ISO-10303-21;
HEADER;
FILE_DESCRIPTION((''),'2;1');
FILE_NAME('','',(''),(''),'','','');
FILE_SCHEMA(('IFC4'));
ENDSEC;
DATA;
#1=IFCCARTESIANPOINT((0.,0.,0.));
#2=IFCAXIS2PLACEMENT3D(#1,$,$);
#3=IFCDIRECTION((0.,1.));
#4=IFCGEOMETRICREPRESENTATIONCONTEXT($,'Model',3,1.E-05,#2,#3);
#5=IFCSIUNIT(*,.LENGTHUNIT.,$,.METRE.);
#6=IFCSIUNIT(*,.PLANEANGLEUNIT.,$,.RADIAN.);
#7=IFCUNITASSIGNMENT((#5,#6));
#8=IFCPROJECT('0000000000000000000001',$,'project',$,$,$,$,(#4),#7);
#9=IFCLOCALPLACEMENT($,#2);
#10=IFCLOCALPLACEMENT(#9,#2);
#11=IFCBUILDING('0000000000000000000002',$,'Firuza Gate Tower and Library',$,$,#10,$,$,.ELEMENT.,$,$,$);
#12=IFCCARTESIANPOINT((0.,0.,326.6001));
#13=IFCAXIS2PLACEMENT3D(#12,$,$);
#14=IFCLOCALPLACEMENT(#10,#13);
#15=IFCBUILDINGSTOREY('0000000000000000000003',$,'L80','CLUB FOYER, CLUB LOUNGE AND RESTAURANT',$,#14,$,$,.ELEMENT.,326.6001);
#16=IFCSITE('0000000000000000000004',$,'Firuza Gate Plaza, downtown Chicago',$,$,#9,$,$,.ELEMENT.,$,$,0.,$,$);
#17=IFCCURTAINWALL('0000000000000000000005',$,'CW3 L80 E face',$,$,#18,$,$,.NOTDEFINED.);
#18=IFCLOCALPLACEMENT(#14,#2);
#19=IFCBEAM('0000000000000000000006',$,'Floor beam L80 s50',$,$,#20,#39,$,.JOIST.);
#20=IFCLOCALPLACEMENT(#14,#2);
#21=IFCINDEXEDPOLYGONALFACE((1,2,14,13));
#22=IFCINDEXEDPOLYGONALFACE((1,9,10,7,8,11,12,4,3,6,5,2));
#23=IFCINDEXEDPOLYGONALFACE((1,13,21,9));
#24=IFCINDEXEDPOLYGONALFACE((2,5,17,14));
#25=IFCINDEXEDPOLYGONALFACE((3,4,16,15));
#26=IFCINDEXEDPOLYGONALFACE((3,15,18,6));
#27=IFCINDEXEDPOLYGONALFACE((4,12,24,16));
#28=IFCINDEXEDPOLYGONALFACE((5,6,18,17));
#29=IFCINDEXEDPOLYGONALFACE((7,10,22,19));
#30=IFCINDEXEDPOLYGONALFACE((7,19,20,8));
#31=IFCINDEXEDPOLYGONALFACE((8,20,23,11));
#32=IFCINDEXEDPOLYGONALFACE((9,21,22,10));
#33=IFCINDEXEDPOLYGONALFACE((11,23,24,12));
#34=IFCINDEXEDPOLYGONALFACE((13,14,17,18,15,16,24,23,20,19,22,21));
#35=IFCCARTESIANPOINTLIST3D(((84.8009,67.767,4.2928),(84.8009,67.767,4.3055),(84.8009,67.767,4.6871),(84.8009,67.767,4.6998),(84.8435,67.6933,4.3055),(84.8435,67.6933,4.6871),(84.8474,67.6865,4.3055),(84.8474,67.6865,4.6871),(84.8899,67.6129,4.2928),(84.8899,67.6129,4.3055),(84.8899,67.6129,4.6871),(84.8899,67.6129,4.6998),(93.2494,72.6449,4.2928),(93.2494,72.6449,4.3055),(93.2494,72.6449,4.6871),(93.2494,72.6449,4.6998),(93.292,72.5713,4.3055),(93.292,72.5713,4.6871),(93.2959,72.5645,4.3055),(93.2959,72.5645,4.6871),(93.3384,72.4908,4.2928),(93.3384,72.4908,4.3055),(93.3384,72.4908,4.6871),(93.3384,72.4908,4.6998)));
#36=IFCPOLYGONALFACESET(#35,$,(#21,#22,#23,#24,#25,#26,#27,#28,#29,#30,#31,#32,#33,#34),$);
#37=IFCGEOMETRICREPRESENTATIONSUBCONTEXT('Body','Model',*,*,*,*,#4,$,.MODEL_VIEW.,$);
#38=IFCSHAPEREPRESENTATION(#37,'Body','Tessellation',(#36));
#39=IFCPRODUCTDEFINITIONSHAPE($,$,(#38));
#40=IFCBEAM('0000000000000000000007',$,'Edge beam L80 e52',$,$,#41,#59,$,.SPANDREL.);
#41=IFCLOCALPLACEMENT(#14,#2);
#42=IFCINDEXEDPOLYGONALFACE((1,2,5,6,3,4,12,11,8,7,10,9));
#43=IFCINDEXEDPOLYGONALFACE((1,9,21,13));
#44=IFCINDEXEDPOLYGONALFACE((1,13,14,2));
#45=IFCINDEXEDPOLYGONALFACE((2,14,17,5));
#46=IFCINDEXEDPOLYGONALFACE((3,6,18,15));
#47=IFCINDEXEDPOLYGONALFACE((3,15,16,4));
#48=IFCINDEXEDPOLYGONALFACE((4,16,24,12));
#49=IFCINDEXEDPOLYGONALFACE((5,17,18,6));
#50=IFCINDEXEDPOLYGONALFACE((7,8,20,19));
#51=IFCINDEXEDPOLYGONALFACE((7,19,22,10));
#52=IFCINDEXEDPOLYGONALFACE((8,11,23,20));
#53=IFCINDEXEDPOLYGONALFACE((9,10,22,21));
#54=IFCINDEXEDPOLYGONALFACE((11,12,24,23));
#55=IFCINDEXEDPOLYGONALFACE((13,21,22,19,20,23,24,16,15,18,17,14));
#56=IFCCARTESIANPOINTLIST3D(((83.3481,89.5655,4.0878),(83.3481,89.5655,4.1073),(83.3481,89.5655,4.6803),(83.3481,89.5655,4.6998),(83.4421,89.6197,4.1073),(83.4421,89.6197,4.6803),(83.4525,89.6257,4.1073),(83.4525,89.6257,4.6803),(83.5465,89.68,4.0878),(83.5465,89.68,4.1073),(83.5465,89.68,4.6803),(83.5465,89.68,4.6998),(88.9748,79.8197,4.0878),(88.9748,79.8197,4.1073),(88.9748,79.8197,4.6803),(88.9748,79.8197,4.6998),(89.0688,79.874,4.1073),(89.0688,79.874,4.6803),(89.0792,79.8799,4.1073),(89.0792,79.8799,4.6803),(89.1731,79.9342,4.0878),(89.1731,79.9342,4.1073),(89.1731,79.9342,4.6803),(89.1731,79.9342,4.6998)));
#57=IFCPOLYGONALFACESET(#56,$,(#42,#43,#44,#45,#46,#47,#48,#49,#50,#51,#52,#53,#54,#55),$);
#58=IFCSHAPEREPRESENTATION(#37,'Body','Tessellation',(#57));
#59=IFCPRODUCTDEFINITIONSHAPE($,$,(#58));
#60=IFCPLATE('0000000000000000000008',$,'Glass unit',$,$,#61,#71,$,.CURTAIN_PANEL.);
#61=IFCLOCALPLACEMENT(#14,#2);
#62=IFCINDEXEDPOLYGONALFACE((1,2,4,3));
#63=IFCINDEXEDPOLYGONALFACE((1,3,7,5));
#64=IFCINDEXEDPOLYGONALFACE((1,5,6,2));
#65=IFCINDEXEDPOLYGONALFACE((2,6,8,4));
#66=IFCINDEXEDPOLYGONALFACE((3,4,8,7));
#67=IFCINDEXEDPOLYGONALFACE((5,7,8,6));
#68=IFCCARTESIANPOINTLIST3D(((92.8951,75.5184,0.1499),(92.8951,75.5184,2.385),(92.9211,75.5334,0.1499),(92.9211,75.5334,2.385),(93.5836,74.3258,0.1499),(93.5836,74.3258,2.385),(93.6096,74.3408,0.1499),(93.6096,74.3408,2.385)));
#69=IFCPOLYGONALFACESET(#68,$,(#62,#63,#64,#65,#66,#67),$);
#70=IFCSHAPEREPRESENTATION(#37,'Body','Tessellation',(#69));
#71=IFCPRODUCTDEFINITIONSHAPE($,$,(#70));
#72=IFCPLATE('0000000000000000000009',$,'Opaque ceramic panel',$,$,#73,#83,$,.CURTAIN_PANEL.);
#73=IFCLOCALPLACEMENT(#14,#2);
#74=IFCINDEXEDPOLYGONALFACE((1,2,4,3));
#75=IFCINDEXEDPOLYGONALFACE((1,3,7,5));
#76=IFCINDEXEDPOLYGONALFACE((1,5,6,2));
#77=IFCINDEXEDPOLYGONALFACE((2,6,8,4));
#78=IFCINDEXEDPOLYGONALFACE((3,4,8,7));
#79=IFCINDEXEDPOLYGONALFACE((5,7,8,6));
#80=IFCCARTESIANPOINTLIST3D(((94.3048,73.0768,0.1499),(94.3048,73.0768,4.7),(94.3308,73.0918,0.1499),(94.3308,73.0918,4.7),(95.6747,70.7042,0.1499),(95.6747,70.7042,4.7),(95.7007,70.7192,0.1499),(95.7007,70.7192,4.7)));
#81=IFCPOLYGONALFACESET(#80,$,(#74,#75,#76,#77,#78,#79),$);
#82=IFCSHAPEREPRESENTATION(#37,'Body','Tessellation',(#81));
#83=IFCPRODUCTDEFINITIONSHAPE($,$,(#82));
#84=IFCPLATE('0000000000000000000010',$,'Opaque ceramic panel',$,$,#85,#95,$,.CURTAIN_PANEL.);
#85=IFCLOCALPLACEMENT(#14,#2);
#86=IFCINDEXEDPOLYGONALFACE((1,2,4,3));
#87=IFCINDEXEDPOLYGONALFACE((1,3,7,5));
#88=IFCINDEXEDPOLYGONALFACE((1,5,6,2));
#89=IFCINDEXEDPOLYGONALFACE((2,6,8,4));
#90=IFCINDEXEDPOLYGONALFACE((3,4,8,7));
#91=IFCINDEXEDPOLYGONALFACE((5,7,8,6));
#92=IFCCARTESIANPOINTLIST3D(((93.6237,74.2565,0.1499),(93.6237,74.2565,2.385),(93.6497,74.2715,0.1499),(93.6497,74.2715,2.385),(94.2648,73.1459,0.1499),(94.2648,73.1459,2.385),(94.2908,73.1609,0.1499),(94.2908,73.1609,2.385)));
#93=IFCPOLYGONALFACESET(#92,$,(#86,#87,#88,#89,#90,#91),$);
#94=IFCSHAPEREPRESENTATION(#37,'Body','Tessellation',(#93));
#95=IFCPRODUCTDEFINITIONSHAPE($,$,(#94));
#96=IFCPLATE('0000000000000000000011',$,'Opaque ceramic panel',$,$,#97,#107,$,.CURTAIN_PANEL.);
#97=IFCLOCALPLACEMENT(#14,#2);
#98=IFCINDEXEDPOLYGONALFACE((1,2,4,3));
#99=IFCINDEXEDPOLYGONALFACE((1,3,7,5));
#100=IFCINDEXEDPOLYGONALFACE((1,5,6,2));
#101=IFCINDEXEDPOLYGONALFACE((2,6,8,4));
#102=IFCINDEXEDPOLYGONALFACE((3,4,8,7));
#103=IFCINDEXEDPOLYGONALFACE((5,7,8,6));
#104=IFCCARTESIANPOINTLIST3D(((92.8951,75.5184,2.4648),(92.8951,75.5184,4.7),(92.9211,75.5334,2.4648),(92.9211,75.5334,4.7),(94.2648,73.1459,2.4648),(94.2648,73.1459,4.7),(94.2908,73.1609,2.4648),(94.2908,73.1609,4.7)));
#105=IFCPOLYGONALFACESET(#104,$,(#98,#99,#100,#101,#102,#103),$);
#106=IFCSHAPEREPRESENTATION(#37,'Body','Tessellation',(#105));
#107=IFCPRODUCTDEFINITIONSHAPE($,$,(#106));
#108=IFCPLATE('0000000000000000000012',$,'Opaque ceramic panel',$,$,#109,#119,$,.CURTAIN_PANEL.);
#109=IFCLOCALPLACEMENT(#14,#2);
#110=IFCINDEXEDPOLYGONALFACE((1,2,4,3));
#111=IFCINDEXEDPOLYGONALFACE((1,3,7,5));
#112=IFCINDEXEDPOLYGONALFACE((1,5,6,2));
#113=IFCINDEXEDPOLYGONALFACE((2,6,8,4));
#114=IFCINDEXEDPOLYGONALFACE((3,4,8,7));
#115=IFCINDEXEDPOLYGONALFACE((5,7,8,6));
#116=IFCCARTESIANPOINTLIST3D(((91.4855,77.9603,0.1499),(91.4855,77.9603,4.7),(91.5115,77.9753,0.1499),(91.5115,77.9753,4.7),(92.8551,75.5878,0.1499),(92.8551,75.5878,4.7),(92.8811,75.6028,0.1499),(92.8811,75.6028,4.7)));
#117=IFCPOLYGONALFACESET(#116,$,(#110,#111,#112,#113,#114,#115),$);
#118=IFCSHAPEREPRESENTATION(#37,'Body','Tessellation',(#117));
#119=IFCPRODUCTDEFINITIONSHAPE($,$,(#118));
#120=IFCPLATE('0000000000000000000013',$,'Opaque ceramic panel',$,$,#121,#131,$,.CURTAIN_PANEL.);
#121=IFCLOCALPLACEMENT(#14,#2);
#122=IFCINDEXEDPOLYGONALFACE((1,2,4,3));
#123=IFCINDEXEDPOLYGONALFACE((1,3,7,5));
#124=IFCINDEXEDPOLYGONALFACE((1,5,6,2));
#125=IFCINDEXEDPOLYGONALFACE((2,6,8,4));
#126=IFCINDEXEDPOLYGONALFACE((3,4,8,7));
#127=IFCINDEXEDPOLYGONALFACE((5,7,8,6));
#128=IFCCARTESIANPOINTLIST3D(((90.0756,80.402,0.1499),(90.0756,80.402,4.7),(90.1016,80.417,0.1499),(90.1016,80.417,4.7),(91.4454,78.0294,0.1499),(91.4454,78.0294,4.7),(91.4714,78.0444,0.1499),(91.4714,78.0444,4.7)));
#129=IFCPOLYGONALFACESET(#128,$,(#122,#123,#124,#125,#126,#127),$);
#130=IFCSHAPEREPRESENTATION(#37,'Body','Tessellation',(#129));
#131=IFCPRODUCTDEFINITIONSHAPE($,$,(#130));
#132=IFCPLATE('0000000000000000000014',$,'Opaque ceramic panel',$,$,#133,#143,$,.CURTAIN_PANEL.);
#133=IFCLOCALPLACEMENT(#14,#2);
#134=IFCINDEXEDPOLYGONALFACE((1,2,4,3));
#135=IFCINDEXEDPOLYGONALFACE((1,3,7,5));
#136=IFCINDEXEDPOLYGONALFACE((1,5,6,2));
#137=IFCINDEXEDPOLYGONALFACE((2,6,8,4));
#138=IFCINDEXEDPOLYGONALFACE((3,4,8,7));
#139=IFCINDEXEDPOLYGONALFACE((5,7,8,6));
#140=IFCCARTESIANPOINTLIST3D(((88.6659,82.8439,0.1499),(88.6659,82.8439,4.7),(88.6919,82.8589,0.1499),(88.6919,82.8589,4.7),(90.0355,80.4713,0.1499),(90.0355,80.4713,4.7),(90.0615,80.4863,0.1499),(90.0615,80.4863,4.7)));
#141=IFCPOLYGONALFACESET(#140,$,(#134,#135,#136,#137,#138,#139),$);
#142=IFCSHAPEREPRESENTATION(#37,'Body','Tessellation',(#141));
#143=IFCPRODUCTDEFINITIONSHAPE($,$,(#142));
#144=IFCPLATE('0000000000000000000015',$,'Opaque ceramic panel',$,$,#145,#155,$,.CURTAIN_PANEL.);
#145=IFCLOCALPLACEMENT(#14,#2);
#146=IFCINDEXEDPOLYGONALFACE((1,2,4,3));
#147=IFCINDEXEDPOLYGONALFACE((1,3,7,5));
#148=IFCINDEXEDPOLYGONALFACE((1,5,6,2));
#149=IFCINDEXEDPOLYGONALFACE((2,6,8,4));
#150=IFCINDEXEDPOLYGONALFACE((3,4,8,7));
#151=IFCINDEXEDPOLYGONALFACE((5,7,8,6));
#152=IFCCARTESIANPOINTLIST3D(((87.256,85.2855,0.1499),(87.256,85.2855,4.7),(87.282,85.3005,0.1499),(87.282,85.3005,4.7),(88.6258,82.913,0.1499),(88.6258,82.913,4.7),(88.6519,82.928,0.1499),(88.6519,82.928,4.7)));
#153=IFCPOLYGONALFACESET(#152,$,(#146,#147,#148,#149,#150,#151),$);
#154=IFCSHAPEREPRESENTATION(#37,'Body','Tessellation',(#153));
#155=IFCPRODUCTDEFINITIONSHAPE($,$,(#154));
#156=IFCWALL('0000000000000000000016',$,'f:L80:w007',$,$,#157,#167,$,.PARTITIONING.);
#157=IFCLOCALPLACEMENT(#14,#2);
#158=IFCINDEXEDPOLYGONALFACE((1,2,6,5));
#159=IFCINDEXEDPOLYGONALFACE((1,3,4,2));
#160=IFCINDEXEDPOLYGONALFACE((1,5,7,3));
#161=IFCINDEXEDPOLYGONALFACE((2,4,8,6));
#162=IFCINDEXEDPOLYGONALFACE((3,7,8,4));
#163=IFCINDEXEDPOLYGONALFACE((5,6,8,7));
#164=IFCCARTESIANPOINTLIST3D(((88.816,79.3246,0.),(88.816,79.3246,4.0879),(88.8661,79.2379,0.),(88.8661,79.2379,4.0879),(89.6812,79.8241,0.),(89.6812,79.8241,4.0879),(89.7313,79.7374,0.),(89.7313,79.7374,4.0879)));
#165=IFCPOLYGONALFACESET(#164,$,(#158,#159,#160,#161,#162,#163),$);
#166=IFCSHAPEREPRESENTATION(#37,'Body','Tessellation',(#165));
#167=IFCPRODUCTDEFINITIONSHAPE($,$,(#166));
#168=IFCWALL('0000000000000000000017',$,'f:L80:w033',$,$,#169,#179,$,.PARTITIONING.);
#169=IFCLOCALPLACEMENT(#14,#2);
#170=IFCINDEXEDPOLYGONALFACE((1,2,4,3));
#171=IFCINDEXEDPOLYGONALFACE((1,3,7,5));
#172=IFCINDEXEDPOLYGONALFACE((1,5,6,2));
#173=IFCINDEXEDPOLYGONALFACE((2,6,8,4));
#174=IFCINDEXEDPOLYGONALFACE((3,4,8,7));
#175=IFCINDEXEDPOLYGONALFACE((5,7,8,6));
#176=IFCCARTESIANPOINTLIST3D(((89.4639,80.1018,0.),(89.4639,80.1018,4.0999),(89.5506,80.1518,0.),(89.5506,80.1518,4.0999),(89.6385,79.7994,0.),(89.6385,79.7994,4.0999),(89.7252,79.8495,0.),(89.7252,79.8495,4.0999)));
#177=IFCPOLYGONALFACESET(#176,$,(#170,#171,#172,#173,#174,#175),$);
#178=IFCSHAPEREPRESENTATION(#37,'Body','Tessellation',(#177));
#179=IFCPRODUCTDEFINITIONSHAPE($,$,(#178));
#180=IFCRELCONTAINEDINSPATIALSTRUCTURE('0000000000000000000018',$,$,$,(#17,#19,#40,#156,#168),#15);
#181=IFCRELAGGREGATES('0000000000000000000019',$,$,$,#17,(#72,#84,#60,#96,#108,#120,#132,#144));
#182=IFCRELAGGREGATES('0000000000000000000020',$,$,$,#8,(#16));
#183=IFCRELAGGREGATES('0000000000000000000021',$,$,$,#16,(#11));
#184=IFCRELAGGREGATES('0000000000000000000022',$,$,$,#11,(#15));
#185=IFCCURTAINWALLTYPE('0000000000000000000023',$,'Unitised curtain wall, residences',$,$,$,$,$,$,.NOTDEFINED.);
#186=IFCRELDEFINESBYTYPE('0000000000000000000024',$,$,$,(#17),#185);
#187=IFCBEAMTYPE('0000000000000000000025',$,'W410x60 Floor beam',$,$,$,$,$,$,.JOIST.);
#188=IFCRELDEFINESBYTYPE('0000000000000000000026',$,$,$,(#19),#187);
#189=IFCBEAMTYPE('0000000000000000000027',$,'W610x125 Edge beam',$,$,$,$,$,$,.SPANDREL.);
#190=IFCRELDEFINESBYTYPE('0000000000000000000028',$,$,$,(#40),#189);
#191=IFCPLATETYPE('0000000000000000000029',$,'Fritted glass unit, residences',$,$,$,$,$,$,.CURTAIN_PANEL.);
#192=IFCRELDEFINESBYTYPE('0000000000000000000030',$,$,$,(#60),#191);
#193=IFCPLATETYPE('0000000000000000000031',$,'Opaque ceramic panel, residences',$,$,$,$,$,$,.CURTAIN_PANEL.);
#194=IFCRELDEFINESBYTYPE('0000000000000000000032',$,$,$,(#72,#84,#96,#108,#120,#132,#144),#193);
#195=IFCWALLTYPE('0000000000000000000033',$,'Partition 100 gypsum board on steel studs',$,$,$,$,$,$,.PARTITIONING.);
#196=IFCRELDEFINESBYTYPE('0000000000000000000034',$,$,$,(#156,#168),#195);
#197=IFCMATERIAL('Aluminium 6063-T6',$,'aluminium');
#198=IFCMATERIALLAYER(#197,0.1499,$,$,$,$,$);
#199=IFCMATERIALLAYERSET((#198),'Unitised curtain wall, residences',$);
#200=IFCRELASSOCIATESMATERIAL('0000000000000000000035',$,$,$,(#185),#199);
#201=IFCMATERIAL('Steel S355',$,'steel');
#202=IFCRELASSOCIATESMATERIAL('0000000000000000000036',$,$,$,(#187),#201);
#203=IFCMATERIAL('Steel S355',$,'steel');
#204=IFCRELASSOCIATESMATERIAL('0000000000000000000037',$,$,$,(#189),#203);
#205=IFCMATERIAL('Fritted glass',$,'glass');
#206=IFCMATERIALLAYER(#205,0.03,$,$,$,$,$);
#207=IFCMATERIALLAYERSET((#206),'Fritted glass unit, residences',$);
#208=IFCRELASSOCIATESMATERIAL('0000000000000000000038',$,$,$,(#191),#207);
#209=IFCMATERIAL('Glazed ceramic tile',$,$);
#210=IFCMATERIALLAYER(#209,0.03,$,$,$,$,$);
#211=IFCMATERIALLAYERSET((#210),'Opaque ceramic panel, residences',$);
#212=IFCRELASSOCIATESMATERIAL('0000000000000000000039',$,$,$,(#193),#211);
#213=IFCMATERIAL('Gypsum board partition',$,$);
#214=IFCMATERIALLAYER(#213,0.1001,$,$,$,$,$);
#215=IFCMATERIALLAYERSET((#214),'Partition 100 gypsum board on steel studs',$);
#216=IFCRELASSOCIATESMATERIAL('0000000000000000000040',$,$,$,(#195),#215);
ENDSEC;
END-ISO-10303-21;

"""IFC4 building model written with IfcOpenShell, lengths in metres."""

from ifc_helpers import new_model, si_unit, direction, frame, frame_2d, origin, origin_2d, place, context, subcontext, project, spatial, polyline, rectangle, i_section, outline, extrude, material, layer, layer_set, material_profile, profile_set, type_object, element, aggregate, save


model = new_model("IFC4")

# Units and contexts
model_context = context("Model", 3, precision=1e-05, world=origin(), true_north=direction((0.0, 1.0)))
body_context = subcontext(model_context, "Body", "Model", "MODEL_VIEW")
ifc_project = project(units=[si_unit("LENGTHUNIT", "METRE"), si_unit("PLANEANGLEUNIT", "RADIAN")], contexts=[model_context])

# Site, building, storey
site_placement = place(None, origin())
site = spatial("IfcSite", under=ifc_project, at=site_placement, Name="Firuza Gate Plaza, downtown Chicago", CompositionType="ELEMENT", RefElevation=0.0)
building_placement = place(site_placement, origin())
building = spatial("IfcBuilding", under=site, at=building_placement, Name="Firuza Gate Tower and Library", CompositionType="ELEMENT")
storey_placement = place(building_placement, frame((0.0, 0.0, 326.6001)))
storey = spatial("IfcBuildingStorey", under=building, at=storey_placement, Name="L80", Description="CLUB FOYER, CLUB LOUNGE AND RESTAURANT", CompositionType="ELEMENT", Elevation=326.6001)

# Curtain wall
ifc_material_1 = material(Name="Aluminium 6063-T6", Category="aluminium")
ifc_layer_1 = layer(ifc_material_1, 0.1499)
ifc_layer_set_1 = layer_set([ifc_layer_1], Name="Unitised curtain wall, residences")
curtain_wall_type = type_object("IfcCurtainWallType", Name="Unitised curtain wall, residences", PredefinedType="NOTDEFINED", material=ifc_layer_set_1)
curtain_wall_placement = place(storey_placement, origin())
curtain_wall = element("IfcCurtainWall", 1, at=curtain_wall_placement, inside=storey, type_object=curtain_wall_type, Name="CW3 L80 E face", PredefinedType="NOTDEFINED")

# Beams
ifc_material_2 = material(Name="Steel S355", Category="steel")
ifc_material_profile_1 = material_profile(ifc_material_2, i_section(OverallWidth=0.178, OverallDepth=0.407, WebThickness=0.0078, FlangeThickness=0.0127, at=origin_2d()))
ifc_profile_set_1 = profile_set([ifc_material_profile_1], Name="Steel S355")
beam_type_1 = type_object("IfcBeamType", Name="W410x60 Floor beam", PredefinedType="JOIST", material=ifc_profile_set_1)
beam_1_placement = place(storey_placement, frame((93.2939, 72.5679, 4.4963), z_axis=(-0.866017, -0.500015, 0.0), x_axis=(0.500015, -0.866017, 0.0)))
element("IfcBeam", 2, at=beam_1_placement, inside=storey, type_object=beam_type_1, Name="Floor beam L80 s50", PredefinedType="JOIST", context=body_context, shape_type="SweptSolid", body=[
    extrude(i_section(OverallWidth=0.178, OverallDepth=0.407, WebThickness=0.0078, FlangeThickness=0.0127, at=origin_2d()), origin(), (0.0, 0.0, 1.0), 9.7556),
])
ifc_material_3 = material(Name="Steel S355", Category="steel")
ifc_material_profile_2 = material_profile(ifc_material_3, i_section(OverallWidth=0.229, OverallDepth=0.6121, WebThickness=0.012, FlangeThickness=0.0195, at=origin_2d()))
ifc_profile_set_2 = profile_set([ifc_material_profile_2], Name="Steel S355")
beam_type_2 = type_object("IfcBeamType", Name="W610x125 Edge beam", PredefinedType="SPANDREL", material=ifc_profile_set_2)
beam_2_placement = place(storey_placement, frame((89.074, 79.877, 4.3938), z_axis=(-0.499996, 0.866028, 0.0), x_axis=(-0.866028, -0.499996, 0.0)))
element("IfcBeam", 3, at=beam_2_placement, inside=storey, type_object=beam_type_2, Name="Edge beam L80 e52", PredefinedType="SPANDREL", context=body_context, shape_type="SweptSolid", body=[
    extrude(i_section(OverallWidth=0.229, OverallDepth=0.6121, WebThickness=0.012, FlangeThickness=0.0195, at=origin_2d()), origin(), (0.0, 0.0, 1.0), 11.2534),
])

# Plates
ifc_material_4 = material(Name="Fritted glass", Category="glass")
ifc_layer_2 = layer(ifc_material_4, 0.03)
ifc_layer_set_2 = layer_set([ifc_layer_2], Name="Fritted glass unit, residences")
plate_type_1 = type_object("IfcPlateType", Name="Fritted glass unit, residences", PredefinedType="CURTAIN_PANEL", material=ifc_layer_set_2)
plate_1_placement = place(storey_placement, frame((93.6096, 74.3408, 0.1499), z_axis=(0.866053, 0.499953, 0.0), x_axis=(-0.499953, 0.866053, 0.0)))
plate_1 = element("IfcPlate", 4, at=plate_1_placement, type_object=plate_type_1, Name="Glass unit", PredefinedType="CURTAIN_PANEL", context=body_context, shape_type="SweptSolid", body=[
    extrude(outline(polyline([(0.0, 0.0), (1.3771, 0.0), (1.3771, 2.2351), (0.0, 2.2351), (0.0, 0.0)])), origin(), (0.0, 0.0, -1.0), 0.03),
])
ifc_material_5 = material(Name="Glazed ceramic tile")
ifc_layer_3 = layer(ifc_material_5, 0.03)
ifc_layer_set_3 = layer_set([ifc_layer_3], Name="Opaque ceramic panel, residences")
plate_type_2 = type_object("IfcPlateType", Name="Opaque ceramic panel, residences", PredefinedType="CURTAIN_PANEL", material=ifc_layer_set_3)
plate_2_placement = place(storey_placement, frame((95.7007, 70.7192, 0.1499), z_axis=(0.866013, 0.500021, 0.0), x_axis=(-0.500021, 0.866013, 0.0)))
plate_2 = element("IfcPlate", 5, at=plate_2_placement, type_object=plate_type_2, Name="Opaque ceramic panel", PredefinedType="CURTAIN_PANEL", context=body_context, shape_type="SweptSolid", body=[
    extrude(outline(polyline([(0.0, 0.0), (2.7396, 0.0), (2.7396, 4.55), (0.0, 4.55), (0.0, 0.0)])), origin(), (0.0, 0.0, -1.0), 0.03),
])
plate_3_placement = place(storey_placement, frame((94.2908, 73.1609, 0.1499), z_axis=(0.866056, 0.499948, 0.0), x_axis=(-0.499948, 0.866056, 0.0)))
plate_3 = element("IfcPlate", 6, at=plate_3_placement, type_object=plate_type_2, Name="Opaque ceramic panel", PredefinedType="CURTAIN_PANEL", context=body_context, shape_type="SweptSolid", body=[
    extrude(outline(polyline([(0.0, 0.0), (1.2824, 0.0), (1.2824, 2.2351), (0.0, 2.2351), (0.0, 0.0)])), origin(), (0.0, 0.0, -1.0), 0.03),
])
plate_4_placement = place(storey_placement, frame((94.2908, 73.1609, 2.4648), z_axis=(0.866052, 0.499954, 0.0), x_axis=(-0.499954, 0.866052, 0.0)))
plate_4 = element("IfcPlate", 7, at=plate_4_placement, type_object=plate_type_2, Name="Opaque ceramic panel", PredefinedType="CURTAIN_PANEL", context=body_context, shape_type="SweptSolid", body=[
    extrude(outline(polyline([(0.0, 0.0), (2.7395, 0.0), (2.7395, 2.2351), (0.0, 2.2351), (0.0, 0.0)])), origin(), (0.0, 0.0, -1.0), 0.03),
])
plate_5_placement = place(storey_placement, frame((92.8811, 75.6028, 0.1499), z_axis=(0.866052, 0.499954, 0.0), x_axis=(-0.499954, 0.866052, 0.0)))
plate_5 = element("IfcPlate", 8, at=plate_5_placement, type_object=plate_type_2, Name="Opaque ceramic panel", PredefinedType="CURTAIN_PANEL", context=body_context, shape_type="SweptSolid", body=[
    extrude(outline(polyline([(0.0, 0.0), (2.7395, 0.0), (2.7395, 4.55), (0.0, 4.55), (0.0, 0.0)])), origin(), (0.0, 0.0, -1.0), 0.03),
])
plate_6_placement = place(storey_placement, frame((91.4714, 78.0444, 0.1499), z_axis=(0.866013, 0.500021, 0.0), x_axis=(-0.500021, 0.866013, 0.0)))
plate_6 = element("IfcPlate", 9, at=plate_6_placement, type_object=plate_type_2, Name="Opaque ceramic panel", PredefinedType="CURTAIN_PANEL", context=body_context, shape_type="SweptSolid", body=[
    extrude(outline(polyline([(0.0, 0.0), (2.7396, 0.0), (2.7396, 4.55), (0.0, 4.55), (0.0, 0.0)])), origin(), (0.0, 0.0, -1.0), 0.03),
])
plate_7_placement = place(storey_placement, frame((90.0615, 80.4863, 0.1499), z_axis=(0.866052, 0.499954, 0.0), x_axis=(-0.499954, 0.866052, 0.0)))
plate_7 = element("IfcPlate", 10, at=plate_7_placement, type_object=plate_type_2, Name="Opaque ceramic panel", PredefinedType="CURTAIN_PANEL", context=body_context, shape_type="SweptSolid", body=[
    extrude(outline(polyline([(0.0, 0.0), (2.7395, 0.0), (2.7395, 4.55), (0.0, 4.55), (0.0, 0.0)])), origin(), (0.0, 0.0, -1.0), 0.03),
])
plate_8_placement = place(storey_placement, frame((88.6519, 82.928, 0.1499), z_axis=(0.866013, 0.500021, 0.0), x_axis=(-0.500021, 0.866013, 0.0)))
plate_8 = element("IfcPlate", 11, at=plate_8_placement, type_object=plate_type_2, Name="Opaque ceramic panel", PredefinedType="CURTAIN_PANEL", context=body_context, shape_type="SweptSolid", body=[
    extrude(outline(polyline([(0.0, 0.0), (2.7396, 0.0), (2.7396, 4.55), (0.0, 4.55), (0.0, 0.0)])), origin(), (0.0, 0.0, -1.0), 0.03),
])
aggregate(curtain_wall, [plate_2, plate_3, plate_1, plate_4, plate_5, plate_6, plate_7, plate_8])

# Walls
ifc_material_6 = material(Name="Gypsum board partition")
ifc_layer_4 = layer(ifc_material_6, 0.1001)
ifc_layer_set_4 = layer_set([ifc_layer_4], Name="Partition 100 gypsum board on steel studs")
wall_type = type_object("IfcWallType", Name="Partition 100 gypsum board on steel studs", PredefinedType="PARTITIONING", material=ifc_layer_set_4)
wall_1_placement = place(storey_placement, frame((88.8411, 79.2812, 0.0), z_axis=(0.0, 0.0, 1.0), x_axis=(0.866039, 0.499976, 0.0)))
element("IfcWall", 12, at=wall_1_placement, inside=storey, type_object=wall_type, Name="f:L80:w007", PredefinedType="PARTITIONING", context=body_context, shape_type="SweptSolid", body=[
    extrude(rectangle(XDim=0.999, YDim=0.1001, at=frame_2d((0.4995, 0.0))), origin(), (0.0, 0.0, 1.0), 4.0879),
])
wall_2_placement = place(storey_placement, frame((89.6819, 79.8245, 0.0), z_axis=(0.0, 0.0, 1.0), x_axis=(-0.500126, 0.865953, 0.0)))
element("IfcWall", 13, at=wall_2_placement, inside=storey, type_object=wall_type, Name="f:L80:w033", PredefinedType="PARTITIONING", context=body_context, shape_type="SweptSolid", body=[
    extrude(rectangle(XDim=0.3491, YDim=0.1001, at=frame_2d((0.1746, 0.0))), origin(), (0.0, 0.0, 1.0), 4.0999),
])

save(model, "model.ifc")
